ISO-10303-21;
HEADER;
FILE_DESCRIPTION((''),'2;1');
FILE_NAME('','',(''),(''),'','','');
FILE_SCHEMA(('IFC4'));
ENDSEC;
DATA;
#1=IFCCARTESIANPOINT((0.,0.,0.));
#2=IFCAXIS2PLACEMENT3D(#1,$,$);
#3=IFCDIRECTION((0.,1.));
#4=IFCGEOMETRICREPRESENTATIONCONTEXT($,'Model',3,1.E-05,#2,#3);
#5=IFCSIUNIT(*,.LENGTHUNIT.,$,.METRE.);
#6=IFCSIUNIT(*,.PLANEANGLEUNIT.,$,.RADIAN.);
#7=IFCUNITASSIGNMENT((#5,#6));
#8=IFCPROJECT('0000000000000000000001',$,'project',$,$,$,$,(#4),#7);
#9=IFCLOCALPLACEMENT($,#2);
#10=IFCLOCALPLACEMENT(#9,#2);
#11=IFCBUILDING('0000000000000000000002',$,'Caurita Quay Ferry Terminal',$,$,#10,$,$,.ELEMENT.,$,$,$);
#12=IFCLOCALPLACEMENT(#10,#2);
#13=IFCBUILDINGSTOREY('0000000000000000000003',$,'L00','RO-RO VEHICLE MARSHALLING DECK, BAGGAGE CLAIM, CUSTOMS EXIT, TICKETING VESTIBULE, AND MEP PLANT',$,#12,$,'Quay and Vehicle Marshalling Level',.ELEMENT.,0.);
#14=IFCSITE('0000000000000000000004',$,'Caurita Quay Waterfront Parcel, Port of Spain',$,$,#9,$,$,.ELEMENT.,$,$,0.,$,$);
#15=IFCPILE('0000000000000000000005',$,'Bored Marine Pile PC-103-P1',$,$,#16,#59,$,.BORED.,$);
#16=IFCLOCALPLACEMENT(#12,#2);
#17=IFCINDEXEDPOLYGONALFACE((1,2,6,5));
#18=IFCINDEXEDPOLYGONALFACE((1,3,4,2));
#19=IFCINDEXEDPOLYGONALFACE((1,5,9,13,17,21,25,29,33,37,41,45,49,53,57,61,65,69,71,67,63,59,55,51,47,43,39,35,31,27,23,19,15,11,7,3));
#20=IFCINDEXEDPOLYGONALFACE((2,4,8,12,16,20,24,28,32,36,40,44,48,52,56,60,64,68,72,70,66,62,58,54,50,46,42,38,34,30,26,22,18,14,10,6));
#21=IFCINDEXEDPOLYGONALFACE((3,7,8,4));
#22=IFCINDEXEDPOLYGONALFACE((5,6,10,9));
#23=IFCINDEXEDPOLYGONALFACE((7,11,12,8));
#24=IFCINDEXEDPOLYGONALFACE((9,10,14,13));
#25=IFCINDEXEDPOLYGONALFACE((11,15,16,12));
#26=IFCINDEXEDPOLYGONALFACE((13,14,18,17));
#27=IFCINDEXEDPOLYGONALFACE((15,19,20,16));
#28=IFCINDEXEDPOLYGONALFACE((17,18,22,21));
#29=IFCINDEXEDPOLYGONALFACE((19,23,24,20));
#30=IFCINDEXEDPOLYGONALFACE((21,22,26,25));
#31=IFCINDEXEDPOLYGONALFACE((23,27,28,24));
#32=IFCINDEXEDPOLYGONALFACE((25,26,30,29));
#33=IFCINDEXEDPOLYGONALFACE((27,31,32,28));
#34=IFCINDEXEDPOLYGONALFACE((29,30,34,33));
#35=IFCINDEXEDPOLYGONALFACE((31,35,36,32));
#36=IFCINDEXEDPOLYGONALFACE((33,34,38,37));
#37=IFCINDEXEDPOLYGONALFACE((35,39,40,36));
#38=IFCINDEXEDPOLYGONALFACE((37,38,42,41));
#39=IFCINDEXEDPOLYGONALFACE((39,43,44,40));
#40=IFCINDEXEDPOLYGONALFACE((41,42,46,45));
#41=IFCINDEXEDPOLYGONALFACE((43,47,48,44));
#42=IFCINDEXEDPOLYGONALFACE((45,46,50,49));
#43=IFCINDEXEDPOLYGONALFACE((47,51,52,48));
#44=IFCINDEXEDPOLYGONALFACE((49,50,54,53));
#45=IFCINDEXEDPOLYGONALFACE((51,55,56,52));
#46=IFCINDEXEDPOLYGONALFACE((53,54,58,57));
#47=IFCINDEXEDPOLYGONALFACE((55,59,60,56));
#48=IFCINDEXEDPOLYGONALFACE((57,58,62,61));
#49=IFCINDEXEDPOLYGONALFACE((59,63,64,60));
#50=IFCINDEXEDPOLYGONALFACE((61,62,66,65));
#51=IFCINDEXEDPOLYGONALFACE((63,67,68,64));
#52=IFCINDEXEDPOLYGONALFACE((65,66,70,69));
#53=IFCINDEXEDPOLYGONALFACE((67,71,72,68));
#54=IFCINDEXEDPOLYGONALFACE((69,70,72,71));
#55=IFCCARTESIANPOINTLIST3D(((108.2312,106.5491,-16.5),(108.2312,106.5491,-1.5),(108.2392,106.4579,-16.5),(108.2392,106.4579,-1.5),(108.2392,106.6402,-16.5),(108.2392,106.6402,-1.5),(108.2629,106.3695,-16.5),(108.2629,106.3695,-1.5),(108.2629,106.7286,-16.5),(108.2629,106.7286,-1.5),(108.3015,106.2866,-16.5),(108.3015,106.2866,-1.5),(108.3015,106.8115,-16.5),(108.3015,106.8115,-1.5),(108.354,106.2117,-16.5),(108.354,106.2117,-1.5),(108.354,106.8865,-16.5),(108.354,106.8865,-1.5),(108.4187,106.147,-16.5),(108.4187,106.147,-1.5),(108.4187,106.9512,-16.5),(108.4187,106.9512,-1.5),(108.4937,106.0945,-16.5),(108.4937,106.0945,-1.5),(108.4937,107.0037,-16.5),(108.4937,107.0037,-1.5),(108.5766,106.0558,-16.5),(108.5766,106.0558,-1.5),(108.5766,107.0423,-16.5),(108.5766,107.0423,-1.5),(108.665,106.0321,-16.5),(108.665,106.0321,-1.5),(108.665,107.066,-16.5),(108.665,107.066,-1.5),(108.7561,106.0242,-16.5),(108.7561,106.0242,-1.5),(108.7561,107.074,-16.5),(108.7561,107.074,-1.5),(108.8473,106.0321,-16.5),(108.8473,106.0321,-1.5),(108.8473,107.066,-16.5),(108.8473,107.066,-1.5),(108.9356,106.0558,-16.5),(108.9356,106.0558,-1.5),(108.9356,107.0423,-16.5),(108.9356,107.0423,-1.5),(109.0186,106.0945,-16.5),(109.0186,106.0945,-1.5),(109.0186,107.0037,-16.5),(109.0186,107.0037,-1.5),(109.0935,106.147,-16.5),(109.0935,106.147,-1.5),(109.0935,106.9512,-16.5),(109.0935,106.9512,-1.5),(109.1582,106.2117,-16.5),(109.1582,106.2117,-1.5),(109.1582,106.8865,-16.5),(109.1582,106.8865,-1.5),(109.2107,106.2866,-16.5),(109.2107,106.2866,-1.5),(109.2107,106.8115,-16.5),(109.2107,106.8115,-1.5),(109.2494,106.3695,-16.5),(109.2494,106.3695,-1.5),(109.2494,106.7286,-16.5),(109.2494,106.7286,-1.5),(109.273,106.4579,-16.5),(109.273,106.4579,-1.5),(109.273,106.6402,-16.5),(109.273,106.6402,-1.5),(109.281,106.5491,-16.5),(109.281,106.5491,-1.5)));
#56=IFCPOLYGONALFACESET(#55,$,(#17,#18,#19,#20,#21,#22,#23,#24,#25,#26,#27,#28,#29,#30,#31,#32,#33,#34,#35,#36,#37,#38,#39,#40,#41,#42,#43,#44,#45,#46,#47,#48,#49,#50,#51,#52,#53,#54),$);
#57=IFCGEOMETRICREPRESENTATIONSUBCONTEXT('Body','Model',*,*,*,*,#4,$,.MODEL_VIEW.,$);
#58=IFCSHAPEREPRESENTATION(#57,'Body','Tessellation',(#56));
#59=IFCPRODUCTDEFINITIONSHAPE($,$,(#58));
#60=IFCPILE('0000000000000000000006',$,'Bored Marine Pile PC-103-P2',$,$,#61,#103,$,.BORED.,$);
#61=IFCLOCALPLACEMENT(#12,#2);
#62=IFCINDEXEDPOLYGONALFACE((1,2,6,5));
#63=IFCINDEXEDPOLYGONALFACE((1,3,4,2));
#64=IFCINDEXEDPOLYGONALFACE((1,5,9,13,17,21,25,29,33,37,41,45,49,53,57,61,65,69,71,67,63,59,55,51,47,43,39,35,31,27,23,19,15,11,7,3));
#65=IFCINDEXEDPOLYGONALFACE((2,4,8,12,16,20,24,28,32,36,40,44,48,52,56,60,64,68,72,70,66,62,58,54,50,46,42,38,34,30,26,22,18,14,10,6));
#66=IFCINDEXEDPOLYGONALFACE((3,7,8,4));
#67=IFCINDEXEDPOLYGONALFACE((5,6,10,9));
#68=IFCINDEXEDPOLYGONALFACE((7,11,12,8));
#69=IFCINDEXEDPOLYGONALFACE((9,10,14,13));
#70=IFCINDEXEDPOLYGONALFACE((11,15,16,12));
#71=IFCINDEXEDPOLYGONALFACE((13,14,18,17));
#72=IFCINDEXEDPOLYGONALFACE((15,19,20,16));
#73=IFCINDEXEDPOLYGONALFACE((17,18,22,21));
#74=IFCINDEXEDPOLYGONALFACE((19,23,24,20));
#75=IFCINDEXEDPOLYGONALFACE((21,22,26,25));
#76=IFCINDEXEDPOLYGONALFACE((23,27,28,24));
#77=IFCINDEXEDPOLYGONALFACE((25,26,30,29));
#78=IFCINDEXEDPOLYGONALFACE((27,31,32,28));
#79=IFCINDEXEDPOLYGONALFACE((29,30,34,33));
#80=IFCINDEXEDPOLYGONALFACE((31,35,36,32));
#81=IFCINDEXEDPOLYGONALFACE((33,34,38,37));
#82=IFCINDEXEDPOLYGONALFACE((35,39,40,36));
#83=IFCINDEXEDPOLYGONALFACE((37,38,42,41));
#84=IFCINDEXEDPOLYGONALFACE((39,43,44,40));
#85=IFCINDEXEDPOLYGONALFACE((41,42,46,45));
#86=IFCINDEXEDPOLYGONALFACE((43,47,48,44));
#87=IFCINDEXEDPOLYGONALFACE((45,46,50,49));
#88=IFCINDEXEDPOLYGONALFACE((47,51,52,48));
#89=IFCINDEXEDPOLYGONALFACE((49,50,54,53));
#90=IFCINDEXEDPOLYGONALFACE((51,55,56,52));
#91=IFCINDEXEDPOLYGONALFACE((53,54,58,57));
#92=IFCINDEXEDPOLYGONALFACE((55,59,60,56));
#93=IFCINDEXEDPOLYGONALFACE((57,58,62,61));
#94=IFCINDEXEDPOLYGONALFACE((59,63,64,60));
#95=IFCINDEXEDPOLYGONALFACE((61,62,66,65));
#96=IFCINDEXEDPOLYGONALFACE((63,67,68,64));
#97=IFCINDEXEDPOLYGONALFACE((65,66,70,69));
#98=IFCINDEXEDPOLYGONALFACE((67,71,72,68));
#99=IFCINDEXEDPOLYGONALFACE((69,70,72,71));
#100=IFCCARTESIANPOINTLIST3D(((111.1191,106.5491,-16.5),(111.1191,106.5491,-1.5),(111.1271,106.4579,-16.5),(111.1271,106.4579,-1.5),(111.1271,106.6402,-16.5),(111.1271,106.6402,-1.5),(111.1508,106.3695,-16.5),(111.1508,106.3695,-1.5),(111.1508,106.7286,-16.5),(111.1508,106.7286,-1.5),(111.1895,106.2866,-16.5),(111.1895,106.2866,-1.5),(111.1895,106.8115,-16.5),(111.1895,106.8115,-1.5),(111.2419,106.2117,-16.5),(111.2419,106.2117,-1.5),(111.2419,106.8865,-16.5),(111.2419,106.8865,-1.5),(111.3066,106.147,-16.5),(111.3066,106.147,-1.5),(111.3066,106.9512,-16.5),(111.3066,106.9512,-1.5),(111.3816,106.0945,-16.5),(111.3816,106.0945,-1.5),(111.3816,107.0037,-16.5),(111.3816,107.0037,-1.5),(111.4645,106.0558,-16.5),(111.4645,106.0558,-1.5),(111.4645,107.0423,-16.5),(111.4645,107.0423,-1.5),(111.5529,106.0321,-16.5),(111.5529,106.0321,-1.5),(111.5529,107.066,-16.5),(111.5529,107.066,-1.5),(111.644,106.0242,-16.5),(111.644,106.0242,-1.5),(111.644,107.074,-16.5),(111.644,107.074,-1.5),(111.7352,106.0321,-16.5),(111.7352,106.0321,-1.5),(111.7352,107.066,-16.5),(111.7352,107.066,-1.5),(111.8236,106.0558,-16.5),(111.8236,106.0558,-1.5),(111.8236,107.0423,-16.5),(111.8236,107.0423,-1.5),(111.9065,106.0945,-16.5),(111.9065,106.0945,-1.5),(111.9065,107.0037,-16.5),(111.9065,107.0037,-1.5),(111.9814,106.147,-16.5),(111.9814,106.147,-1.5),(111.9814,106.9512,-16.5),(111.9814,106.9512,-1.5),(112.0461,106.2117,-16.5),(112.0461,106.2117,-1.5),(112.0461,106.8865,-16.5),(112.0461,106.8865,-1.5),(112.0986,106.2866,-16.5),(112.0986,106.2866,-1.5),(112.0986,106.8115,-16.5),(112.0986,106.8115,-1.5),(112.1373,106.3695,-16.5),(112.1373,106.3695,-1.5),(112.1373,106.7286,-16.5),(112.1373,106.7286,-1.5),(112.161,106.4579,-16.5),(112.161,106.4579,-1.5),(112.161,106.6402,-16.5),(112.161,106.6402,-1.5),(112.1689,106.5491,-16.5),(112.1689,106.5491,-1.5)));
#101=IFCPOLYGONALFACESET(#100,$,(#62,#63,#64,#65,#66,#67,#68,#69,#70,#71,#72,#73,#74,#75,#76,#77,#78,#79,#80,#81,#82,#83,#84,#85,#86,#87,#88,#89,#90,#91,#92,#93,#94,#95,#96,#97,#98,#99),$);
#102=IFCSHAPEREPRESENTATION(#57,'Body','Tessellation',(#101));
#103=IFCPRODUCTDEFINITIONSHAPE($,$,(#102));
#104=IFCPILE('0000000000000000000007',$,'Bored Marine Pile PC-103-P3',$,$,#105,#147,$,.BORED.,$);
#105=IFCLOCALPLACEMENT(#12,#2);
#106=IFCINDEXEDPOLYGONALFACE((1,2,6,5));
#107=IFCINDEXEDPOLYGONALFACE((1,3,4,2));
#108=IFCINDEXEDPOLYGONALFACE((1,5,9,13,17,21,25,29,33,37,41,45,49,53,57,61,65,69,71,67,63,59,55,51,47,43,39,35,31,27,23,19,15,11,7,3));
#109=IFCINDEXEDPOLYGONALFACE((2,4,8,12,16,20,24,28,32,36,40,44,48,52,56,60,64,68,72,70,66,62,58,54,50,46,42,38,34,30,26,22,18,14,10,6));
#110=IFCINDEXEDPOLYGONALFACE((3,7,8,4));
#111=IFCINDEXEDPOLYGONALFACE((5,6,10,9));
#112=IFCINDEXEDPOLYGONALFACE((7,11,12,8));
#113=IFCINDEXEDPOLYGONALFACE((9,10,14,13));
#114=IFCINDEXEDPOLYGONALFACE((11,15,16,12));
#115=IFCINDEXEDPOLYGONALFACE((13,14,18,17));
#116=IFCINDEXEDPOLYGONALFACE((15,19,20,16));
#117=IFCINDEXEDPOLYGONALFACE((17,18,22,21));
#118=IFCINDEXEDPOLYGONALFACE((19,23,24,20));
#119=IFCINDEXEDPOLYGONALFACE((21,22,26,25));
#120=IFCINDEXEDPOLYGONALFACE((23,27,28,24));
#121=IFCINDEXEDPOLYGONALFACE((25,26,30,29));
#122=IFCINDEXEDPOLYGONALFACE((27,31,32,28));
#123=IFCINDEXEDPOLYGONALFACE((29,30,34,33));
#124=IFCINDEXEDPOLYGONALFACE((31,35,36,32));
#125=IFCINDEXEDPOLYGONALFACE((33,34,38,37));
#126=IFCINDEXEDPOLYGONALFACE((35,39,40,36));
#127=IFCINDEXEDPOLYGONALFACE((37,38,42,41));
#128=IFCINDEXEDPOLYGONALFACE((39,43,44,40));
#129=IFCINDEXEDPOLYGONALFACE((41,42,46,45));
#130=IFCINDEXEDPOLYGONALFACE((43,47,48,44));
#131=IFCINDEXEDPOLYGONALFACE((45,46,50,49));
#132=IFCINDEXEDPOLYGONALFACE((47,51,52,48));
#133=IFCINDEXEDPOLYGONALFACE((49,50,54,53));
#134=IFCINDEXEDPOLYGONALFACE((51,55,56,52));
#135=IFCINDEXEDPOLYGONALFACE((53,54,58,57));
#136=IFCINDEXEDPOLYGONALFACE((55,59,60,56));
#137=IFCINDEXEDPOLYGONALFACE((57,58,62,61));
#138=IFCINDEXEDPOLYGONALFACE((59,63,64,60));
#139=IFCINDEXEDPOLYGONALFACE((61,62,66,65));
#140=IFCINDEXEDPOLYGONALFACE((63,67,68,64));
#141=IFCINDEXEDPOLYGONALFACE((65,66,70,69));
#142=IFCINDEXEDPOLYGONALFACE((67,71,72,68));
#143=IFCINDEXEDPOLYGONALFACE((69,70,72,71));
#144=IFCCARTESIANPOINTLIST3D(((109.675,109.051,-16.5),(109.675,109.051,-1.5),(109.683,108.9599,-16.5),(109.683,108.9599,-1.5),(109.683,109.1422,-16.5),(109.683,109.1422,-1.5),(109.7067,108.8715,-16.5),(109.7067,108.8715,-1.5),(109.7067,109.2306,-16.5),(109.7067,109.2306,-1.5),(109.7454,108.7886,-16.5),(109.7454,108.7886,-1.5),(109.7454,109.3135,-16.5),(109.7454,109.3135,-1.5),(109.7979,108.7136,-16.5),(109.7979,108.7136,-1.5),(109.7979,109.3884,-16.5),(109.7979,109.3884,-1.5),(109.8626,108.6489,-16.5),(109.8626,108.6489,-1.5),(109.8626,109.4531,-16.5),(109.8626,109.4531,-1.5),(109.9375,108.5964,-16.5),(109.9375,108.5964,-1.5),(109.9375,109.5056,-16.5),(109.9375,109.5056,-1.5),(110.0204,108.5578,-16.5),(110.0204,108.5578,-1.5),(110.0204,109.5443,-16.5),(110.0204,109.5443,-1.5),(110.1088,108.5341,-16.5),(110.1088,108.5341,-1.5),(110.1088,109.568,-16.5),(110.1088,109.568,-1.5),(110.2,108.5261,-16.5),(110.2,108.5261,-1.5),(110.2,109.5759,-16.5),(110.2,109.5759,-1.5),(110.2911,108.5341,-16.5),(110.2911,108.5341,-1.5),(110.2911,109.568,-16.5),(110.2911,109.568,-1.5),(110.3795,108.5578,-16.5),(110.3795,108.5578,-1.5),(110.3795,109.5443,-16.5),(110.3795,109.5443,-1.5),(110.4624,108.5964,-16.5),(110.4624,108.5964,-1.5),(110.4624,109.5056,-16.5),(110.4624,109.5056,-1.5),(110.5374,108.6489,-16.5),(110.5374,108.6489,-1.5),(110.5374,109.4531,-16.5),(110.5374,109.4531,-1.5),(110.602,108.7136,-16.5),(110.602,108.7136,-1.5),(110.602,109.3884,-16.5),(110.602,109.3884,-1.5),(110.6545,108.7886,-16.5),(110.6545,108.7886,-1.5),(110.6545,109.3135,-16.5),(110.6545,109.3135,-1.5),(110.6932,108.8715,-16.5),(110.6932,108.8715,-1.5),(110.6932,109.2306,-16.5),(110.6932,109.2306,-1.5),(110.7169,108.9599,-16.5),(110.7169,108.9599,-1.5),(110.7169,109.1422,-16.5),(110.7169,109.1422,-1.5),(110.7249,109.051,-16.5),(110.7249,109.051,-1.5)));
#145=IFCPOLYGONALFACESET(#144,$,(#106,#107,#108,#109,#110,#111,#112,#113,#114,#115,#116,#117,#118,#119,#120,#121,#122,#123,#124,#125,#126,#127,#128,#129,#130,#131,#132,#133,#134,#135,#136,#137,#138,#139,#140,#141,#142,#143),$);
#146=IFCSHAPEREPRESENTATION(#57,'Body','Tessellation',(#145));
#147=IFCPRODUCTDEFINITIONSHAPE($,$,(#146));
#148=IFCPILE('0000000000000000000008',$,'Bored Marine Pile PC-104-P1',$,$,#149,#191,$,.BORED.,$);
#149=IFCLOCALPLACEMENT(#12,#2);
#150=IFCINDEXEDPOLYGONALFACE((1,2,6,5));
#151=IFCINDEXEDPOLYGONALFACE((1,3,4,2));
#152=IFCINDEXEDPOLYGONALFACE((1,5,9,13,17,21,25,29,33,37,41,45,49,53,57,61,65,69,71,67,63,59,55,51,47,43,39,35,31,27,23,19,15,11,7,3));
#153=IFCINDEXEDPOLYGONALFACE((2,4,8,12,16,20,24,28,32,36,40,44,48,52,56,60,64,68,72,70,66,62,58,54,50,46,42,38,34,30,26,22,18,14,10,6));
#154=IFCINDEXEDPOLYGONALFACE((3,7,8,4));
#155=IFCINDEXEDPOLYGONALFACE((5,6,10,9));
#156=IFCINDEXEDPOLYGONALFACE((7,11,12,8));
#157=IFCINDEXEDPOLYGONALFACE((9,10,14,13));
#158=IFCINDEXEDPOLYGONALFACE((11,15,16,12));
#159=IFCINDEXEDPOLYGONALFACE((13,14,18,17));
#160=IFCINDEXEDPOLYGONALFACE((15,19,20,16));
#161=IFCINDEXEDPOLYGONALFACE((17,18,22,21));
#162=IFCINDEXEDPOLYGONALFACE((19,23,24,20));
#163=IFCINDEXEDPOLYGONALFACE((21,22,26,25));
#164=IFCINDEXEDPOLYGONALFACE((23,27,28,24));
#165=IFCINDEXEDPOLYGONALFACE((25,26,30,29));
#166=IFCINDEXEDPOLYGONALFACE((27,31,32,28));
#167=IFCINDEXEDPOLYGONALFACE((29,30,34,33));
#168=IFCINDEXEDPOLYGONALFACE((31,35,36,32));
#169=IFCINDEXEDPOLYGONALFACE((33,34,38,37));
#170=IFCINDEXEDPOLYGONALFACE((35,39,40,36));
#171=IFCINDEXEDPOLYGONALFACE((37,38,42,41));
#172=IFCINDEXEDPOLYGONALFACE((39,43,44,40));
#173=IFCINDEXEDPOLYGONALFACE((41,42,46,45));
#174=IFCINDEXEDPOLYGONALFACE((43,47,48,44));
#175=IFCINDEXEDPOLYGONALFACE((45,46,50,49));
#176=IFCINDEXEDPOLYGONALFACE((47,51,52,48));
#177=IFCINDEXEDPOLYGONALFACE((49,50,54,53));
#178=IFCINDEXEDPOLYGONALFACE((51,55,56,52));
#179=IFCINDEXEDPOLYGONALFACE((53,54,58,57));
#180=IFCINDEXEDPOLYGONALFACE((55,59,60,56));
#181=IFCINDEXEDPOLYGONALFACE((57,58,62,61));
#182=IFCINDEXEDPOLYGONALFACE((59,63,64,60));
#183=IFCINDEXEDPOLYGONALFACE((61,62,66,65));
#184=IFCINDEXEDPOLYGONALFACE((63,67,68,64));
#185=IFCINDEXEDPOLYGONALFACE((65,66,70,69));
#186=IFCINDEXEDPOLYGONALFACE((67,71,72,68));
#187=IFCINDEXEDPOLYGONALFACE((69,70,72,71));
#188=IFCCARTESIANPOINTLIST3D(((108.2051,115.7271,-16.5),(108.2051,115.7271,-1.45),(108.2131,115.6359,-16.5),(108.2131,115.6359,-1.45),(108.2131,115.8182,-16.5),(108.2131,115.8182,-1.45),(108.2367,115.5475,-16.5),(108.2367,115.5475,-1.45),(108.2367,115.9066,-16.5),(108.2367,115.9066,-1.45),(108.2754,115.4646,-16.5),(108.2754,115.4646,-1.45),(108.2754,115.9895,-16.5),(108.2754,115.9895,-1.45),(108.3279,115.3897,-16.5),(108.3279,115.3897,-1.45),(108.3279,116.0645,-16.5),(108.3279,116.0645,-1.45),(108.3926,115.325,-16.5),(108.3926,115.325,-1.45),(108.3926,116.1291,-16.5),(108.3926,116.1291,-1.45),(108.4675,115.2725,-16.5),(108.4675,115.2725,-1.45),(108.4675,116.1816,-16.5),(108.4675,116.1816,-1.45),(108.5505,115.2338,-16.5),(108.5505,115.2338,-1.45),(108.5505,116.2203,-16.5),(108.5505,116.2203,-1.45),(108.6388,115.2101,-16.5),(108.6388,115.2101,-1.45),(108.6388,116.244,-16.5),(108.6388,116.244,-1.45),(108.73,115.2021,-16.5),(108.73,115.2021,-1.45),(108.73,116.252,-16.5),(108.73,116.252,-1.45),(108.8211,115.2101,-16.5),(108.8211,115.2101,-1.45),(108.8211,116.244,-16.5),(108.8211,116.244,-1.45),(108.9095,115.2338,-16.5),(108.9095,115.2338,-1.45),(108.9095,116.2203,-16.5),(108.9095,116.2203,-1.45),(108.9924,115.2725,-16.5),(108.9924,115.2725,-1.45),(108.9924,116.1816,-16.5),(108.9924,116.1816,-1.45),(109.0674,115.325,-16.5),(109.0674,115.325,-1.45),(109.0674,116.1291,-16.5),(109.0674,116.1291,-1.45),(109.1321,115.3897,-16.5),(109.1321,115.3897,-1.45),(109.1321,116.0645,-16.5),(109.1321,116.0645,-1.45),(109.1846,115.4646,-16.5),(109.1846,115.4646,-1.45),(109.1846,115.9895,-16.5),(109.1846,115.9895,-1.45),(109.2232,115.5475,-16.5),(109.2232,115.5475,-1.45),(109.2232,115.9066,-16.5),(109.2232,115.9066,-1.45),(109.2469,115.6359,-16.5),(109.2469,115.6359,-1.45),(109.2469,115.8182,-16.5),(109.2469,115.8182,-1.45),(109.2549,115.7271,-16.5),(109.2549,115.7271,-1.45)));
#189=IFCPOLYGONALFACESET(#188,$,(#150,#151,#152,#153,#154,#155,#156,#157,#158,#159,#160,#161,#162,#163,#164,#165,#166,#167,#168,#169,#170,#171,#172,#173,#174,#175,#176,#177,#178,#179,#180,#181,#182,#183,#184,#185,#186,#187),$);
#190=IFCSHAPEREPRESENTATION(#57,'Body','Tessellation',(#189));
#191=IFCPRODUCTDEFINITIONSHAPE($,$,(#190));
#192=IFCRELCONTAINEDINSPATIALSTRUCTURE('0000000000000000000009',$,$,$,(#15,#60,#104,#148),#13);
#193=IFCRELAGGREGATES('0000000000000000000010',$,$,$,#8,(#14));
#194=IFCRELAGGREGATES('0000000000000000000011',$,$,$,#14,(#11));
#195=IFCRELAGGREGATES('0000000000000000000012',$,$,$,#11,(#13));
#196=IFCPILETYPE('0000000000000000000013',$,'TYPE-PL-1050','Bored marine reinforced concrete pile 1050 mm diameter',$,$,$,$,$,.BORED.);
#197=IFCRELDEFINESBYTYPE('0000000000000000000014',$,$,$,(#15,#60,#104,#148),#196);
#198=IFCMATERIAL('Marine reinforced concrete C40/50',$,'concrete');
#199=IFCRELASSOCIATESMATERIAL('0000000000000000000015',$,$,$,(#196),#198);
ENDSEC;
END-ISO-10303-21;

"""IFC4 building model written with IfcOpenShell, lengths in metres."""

from ifc_helpers import new_model, si_unit, direction, frame, origin, origin_2d, place, context, subcontext, project, spatial, circle, extrude, material, material_profile, profile_set, type_object, element, save


model = new_model("IFC4")

# Units and contexts
model_context = context("Model", 3, precision=1e-05, world=origin(), true_north=direction((0.0, 1.0)))
body_context = subcontext(model_context, "Body", "Model", "MODEL_VIEW")
ifc_project = project(units=[si_unit("LENGTHUNIT", "METRE"), si_unit("PLANEANGLEUNIT", "RADIAN")], contexts=[model_context])

# Site, building, storey
site_placement = place(None, origin())
site = spatial("IfcSite", under=ifc_project, at=site_placement, Name="Caurita Quay Waterfront Parcel, Port of Spain", CompositionType="ELEMENT", RefElevation=0.0)
building_placement = place(site_placement, origin())
building = spatial("IfcBuilding", under=site, at=building_placement, Name="Caurita Quay Ferry Terminal", CompositionType="ELEMENT")
storey_placement = place(building_placement, origin())
storey = spatial("IfcBuildingStorey", under=building, at=storey_placement, Name="L00", Description="RO-RO VEHICLE MARSHALLING DECK, BAGGAGE CLAIM, CUSTOMS EXIT, TICKETING VESTIBULE, AND MEP PLANT", LongName="Quay and Vehicle Marshalling Level", CompositionType="ELEMENT", Elevation=0.0)

# Piles
ifc_material_1 = material(Name="Marine reinforced concrete C40/50", Category="concrete")
ifc_material_profile_1 = material_profile(ifc_material_1, circle(Radius=0.5249, at=origin_2d()), Name="PILE-D1050")
ifc_profile_set_1 = profile_set([ifc_material_profile_1], Name="Marine reinforced concrete C40/50")
pile_type = type_object("IfcPileType", Name="TYPE-PL-1050", Description="Bored marine reinforced concrete pile 1050 mm diameter", PredefinedType="BORED", material=ifc_profile_set_1)
for number, where, z_axis, x_axis, name in (
    (1, (108.7561, 106.5491, -1.5), (0.0, 0.0, -1.0), (1.0, 0.0, 0.0), "Bored Marine Pile PC-103-P1"),
    (2, (111.644, 106.5491, -1.5), (0.0, 0.0, -1.0), (1.0, 0.0, 0.0), "Bored Marine Pile PC-103-P2"),
    (3, (110.2, 109.051, -1.5), (0.0, 0.0, -1.0), (1.0, 0.0, 0.0), "Bored Marine Pile PC-103-P3"),
):
    element("IfcPile", number, at=place(storey_placement, frame(where, z_axis=z_axis, x_axis=x_axis)), inside=storey, type_object=pile_type, Name=name, PredefinedType="BORED", context=body_context, shape_type="SweptSolid", body=[
        extrude(circle(Radius=0.5249, at=origin_2d()), origin(), (0.0, 0.0, 1.0), 15.0),
    ])
for number, where, z_axis, x_axis, name in (
    (4, (108.73, 115.7271, -1.45), (0.0, 0.0, -1.0), (1.0, 0.0, 0.0), "Bored Marine Pile PC-104-P1"),
):
    element("IfcPile", number, at=place(storey_placement, frame(where, z_axis=z_axis, x_axis=x_axis)), inside=storey, type_object=pile_type, Name=name, PredefinedType="BORED", context=body_context, shape_type="SweptSolid", body=[
        extrude(circle(Radius=0.5249, at=origin_2d()), origin(), (0.0, 0.0, 1.0), 15.05),
    ])

save(model, "model.ifc")
